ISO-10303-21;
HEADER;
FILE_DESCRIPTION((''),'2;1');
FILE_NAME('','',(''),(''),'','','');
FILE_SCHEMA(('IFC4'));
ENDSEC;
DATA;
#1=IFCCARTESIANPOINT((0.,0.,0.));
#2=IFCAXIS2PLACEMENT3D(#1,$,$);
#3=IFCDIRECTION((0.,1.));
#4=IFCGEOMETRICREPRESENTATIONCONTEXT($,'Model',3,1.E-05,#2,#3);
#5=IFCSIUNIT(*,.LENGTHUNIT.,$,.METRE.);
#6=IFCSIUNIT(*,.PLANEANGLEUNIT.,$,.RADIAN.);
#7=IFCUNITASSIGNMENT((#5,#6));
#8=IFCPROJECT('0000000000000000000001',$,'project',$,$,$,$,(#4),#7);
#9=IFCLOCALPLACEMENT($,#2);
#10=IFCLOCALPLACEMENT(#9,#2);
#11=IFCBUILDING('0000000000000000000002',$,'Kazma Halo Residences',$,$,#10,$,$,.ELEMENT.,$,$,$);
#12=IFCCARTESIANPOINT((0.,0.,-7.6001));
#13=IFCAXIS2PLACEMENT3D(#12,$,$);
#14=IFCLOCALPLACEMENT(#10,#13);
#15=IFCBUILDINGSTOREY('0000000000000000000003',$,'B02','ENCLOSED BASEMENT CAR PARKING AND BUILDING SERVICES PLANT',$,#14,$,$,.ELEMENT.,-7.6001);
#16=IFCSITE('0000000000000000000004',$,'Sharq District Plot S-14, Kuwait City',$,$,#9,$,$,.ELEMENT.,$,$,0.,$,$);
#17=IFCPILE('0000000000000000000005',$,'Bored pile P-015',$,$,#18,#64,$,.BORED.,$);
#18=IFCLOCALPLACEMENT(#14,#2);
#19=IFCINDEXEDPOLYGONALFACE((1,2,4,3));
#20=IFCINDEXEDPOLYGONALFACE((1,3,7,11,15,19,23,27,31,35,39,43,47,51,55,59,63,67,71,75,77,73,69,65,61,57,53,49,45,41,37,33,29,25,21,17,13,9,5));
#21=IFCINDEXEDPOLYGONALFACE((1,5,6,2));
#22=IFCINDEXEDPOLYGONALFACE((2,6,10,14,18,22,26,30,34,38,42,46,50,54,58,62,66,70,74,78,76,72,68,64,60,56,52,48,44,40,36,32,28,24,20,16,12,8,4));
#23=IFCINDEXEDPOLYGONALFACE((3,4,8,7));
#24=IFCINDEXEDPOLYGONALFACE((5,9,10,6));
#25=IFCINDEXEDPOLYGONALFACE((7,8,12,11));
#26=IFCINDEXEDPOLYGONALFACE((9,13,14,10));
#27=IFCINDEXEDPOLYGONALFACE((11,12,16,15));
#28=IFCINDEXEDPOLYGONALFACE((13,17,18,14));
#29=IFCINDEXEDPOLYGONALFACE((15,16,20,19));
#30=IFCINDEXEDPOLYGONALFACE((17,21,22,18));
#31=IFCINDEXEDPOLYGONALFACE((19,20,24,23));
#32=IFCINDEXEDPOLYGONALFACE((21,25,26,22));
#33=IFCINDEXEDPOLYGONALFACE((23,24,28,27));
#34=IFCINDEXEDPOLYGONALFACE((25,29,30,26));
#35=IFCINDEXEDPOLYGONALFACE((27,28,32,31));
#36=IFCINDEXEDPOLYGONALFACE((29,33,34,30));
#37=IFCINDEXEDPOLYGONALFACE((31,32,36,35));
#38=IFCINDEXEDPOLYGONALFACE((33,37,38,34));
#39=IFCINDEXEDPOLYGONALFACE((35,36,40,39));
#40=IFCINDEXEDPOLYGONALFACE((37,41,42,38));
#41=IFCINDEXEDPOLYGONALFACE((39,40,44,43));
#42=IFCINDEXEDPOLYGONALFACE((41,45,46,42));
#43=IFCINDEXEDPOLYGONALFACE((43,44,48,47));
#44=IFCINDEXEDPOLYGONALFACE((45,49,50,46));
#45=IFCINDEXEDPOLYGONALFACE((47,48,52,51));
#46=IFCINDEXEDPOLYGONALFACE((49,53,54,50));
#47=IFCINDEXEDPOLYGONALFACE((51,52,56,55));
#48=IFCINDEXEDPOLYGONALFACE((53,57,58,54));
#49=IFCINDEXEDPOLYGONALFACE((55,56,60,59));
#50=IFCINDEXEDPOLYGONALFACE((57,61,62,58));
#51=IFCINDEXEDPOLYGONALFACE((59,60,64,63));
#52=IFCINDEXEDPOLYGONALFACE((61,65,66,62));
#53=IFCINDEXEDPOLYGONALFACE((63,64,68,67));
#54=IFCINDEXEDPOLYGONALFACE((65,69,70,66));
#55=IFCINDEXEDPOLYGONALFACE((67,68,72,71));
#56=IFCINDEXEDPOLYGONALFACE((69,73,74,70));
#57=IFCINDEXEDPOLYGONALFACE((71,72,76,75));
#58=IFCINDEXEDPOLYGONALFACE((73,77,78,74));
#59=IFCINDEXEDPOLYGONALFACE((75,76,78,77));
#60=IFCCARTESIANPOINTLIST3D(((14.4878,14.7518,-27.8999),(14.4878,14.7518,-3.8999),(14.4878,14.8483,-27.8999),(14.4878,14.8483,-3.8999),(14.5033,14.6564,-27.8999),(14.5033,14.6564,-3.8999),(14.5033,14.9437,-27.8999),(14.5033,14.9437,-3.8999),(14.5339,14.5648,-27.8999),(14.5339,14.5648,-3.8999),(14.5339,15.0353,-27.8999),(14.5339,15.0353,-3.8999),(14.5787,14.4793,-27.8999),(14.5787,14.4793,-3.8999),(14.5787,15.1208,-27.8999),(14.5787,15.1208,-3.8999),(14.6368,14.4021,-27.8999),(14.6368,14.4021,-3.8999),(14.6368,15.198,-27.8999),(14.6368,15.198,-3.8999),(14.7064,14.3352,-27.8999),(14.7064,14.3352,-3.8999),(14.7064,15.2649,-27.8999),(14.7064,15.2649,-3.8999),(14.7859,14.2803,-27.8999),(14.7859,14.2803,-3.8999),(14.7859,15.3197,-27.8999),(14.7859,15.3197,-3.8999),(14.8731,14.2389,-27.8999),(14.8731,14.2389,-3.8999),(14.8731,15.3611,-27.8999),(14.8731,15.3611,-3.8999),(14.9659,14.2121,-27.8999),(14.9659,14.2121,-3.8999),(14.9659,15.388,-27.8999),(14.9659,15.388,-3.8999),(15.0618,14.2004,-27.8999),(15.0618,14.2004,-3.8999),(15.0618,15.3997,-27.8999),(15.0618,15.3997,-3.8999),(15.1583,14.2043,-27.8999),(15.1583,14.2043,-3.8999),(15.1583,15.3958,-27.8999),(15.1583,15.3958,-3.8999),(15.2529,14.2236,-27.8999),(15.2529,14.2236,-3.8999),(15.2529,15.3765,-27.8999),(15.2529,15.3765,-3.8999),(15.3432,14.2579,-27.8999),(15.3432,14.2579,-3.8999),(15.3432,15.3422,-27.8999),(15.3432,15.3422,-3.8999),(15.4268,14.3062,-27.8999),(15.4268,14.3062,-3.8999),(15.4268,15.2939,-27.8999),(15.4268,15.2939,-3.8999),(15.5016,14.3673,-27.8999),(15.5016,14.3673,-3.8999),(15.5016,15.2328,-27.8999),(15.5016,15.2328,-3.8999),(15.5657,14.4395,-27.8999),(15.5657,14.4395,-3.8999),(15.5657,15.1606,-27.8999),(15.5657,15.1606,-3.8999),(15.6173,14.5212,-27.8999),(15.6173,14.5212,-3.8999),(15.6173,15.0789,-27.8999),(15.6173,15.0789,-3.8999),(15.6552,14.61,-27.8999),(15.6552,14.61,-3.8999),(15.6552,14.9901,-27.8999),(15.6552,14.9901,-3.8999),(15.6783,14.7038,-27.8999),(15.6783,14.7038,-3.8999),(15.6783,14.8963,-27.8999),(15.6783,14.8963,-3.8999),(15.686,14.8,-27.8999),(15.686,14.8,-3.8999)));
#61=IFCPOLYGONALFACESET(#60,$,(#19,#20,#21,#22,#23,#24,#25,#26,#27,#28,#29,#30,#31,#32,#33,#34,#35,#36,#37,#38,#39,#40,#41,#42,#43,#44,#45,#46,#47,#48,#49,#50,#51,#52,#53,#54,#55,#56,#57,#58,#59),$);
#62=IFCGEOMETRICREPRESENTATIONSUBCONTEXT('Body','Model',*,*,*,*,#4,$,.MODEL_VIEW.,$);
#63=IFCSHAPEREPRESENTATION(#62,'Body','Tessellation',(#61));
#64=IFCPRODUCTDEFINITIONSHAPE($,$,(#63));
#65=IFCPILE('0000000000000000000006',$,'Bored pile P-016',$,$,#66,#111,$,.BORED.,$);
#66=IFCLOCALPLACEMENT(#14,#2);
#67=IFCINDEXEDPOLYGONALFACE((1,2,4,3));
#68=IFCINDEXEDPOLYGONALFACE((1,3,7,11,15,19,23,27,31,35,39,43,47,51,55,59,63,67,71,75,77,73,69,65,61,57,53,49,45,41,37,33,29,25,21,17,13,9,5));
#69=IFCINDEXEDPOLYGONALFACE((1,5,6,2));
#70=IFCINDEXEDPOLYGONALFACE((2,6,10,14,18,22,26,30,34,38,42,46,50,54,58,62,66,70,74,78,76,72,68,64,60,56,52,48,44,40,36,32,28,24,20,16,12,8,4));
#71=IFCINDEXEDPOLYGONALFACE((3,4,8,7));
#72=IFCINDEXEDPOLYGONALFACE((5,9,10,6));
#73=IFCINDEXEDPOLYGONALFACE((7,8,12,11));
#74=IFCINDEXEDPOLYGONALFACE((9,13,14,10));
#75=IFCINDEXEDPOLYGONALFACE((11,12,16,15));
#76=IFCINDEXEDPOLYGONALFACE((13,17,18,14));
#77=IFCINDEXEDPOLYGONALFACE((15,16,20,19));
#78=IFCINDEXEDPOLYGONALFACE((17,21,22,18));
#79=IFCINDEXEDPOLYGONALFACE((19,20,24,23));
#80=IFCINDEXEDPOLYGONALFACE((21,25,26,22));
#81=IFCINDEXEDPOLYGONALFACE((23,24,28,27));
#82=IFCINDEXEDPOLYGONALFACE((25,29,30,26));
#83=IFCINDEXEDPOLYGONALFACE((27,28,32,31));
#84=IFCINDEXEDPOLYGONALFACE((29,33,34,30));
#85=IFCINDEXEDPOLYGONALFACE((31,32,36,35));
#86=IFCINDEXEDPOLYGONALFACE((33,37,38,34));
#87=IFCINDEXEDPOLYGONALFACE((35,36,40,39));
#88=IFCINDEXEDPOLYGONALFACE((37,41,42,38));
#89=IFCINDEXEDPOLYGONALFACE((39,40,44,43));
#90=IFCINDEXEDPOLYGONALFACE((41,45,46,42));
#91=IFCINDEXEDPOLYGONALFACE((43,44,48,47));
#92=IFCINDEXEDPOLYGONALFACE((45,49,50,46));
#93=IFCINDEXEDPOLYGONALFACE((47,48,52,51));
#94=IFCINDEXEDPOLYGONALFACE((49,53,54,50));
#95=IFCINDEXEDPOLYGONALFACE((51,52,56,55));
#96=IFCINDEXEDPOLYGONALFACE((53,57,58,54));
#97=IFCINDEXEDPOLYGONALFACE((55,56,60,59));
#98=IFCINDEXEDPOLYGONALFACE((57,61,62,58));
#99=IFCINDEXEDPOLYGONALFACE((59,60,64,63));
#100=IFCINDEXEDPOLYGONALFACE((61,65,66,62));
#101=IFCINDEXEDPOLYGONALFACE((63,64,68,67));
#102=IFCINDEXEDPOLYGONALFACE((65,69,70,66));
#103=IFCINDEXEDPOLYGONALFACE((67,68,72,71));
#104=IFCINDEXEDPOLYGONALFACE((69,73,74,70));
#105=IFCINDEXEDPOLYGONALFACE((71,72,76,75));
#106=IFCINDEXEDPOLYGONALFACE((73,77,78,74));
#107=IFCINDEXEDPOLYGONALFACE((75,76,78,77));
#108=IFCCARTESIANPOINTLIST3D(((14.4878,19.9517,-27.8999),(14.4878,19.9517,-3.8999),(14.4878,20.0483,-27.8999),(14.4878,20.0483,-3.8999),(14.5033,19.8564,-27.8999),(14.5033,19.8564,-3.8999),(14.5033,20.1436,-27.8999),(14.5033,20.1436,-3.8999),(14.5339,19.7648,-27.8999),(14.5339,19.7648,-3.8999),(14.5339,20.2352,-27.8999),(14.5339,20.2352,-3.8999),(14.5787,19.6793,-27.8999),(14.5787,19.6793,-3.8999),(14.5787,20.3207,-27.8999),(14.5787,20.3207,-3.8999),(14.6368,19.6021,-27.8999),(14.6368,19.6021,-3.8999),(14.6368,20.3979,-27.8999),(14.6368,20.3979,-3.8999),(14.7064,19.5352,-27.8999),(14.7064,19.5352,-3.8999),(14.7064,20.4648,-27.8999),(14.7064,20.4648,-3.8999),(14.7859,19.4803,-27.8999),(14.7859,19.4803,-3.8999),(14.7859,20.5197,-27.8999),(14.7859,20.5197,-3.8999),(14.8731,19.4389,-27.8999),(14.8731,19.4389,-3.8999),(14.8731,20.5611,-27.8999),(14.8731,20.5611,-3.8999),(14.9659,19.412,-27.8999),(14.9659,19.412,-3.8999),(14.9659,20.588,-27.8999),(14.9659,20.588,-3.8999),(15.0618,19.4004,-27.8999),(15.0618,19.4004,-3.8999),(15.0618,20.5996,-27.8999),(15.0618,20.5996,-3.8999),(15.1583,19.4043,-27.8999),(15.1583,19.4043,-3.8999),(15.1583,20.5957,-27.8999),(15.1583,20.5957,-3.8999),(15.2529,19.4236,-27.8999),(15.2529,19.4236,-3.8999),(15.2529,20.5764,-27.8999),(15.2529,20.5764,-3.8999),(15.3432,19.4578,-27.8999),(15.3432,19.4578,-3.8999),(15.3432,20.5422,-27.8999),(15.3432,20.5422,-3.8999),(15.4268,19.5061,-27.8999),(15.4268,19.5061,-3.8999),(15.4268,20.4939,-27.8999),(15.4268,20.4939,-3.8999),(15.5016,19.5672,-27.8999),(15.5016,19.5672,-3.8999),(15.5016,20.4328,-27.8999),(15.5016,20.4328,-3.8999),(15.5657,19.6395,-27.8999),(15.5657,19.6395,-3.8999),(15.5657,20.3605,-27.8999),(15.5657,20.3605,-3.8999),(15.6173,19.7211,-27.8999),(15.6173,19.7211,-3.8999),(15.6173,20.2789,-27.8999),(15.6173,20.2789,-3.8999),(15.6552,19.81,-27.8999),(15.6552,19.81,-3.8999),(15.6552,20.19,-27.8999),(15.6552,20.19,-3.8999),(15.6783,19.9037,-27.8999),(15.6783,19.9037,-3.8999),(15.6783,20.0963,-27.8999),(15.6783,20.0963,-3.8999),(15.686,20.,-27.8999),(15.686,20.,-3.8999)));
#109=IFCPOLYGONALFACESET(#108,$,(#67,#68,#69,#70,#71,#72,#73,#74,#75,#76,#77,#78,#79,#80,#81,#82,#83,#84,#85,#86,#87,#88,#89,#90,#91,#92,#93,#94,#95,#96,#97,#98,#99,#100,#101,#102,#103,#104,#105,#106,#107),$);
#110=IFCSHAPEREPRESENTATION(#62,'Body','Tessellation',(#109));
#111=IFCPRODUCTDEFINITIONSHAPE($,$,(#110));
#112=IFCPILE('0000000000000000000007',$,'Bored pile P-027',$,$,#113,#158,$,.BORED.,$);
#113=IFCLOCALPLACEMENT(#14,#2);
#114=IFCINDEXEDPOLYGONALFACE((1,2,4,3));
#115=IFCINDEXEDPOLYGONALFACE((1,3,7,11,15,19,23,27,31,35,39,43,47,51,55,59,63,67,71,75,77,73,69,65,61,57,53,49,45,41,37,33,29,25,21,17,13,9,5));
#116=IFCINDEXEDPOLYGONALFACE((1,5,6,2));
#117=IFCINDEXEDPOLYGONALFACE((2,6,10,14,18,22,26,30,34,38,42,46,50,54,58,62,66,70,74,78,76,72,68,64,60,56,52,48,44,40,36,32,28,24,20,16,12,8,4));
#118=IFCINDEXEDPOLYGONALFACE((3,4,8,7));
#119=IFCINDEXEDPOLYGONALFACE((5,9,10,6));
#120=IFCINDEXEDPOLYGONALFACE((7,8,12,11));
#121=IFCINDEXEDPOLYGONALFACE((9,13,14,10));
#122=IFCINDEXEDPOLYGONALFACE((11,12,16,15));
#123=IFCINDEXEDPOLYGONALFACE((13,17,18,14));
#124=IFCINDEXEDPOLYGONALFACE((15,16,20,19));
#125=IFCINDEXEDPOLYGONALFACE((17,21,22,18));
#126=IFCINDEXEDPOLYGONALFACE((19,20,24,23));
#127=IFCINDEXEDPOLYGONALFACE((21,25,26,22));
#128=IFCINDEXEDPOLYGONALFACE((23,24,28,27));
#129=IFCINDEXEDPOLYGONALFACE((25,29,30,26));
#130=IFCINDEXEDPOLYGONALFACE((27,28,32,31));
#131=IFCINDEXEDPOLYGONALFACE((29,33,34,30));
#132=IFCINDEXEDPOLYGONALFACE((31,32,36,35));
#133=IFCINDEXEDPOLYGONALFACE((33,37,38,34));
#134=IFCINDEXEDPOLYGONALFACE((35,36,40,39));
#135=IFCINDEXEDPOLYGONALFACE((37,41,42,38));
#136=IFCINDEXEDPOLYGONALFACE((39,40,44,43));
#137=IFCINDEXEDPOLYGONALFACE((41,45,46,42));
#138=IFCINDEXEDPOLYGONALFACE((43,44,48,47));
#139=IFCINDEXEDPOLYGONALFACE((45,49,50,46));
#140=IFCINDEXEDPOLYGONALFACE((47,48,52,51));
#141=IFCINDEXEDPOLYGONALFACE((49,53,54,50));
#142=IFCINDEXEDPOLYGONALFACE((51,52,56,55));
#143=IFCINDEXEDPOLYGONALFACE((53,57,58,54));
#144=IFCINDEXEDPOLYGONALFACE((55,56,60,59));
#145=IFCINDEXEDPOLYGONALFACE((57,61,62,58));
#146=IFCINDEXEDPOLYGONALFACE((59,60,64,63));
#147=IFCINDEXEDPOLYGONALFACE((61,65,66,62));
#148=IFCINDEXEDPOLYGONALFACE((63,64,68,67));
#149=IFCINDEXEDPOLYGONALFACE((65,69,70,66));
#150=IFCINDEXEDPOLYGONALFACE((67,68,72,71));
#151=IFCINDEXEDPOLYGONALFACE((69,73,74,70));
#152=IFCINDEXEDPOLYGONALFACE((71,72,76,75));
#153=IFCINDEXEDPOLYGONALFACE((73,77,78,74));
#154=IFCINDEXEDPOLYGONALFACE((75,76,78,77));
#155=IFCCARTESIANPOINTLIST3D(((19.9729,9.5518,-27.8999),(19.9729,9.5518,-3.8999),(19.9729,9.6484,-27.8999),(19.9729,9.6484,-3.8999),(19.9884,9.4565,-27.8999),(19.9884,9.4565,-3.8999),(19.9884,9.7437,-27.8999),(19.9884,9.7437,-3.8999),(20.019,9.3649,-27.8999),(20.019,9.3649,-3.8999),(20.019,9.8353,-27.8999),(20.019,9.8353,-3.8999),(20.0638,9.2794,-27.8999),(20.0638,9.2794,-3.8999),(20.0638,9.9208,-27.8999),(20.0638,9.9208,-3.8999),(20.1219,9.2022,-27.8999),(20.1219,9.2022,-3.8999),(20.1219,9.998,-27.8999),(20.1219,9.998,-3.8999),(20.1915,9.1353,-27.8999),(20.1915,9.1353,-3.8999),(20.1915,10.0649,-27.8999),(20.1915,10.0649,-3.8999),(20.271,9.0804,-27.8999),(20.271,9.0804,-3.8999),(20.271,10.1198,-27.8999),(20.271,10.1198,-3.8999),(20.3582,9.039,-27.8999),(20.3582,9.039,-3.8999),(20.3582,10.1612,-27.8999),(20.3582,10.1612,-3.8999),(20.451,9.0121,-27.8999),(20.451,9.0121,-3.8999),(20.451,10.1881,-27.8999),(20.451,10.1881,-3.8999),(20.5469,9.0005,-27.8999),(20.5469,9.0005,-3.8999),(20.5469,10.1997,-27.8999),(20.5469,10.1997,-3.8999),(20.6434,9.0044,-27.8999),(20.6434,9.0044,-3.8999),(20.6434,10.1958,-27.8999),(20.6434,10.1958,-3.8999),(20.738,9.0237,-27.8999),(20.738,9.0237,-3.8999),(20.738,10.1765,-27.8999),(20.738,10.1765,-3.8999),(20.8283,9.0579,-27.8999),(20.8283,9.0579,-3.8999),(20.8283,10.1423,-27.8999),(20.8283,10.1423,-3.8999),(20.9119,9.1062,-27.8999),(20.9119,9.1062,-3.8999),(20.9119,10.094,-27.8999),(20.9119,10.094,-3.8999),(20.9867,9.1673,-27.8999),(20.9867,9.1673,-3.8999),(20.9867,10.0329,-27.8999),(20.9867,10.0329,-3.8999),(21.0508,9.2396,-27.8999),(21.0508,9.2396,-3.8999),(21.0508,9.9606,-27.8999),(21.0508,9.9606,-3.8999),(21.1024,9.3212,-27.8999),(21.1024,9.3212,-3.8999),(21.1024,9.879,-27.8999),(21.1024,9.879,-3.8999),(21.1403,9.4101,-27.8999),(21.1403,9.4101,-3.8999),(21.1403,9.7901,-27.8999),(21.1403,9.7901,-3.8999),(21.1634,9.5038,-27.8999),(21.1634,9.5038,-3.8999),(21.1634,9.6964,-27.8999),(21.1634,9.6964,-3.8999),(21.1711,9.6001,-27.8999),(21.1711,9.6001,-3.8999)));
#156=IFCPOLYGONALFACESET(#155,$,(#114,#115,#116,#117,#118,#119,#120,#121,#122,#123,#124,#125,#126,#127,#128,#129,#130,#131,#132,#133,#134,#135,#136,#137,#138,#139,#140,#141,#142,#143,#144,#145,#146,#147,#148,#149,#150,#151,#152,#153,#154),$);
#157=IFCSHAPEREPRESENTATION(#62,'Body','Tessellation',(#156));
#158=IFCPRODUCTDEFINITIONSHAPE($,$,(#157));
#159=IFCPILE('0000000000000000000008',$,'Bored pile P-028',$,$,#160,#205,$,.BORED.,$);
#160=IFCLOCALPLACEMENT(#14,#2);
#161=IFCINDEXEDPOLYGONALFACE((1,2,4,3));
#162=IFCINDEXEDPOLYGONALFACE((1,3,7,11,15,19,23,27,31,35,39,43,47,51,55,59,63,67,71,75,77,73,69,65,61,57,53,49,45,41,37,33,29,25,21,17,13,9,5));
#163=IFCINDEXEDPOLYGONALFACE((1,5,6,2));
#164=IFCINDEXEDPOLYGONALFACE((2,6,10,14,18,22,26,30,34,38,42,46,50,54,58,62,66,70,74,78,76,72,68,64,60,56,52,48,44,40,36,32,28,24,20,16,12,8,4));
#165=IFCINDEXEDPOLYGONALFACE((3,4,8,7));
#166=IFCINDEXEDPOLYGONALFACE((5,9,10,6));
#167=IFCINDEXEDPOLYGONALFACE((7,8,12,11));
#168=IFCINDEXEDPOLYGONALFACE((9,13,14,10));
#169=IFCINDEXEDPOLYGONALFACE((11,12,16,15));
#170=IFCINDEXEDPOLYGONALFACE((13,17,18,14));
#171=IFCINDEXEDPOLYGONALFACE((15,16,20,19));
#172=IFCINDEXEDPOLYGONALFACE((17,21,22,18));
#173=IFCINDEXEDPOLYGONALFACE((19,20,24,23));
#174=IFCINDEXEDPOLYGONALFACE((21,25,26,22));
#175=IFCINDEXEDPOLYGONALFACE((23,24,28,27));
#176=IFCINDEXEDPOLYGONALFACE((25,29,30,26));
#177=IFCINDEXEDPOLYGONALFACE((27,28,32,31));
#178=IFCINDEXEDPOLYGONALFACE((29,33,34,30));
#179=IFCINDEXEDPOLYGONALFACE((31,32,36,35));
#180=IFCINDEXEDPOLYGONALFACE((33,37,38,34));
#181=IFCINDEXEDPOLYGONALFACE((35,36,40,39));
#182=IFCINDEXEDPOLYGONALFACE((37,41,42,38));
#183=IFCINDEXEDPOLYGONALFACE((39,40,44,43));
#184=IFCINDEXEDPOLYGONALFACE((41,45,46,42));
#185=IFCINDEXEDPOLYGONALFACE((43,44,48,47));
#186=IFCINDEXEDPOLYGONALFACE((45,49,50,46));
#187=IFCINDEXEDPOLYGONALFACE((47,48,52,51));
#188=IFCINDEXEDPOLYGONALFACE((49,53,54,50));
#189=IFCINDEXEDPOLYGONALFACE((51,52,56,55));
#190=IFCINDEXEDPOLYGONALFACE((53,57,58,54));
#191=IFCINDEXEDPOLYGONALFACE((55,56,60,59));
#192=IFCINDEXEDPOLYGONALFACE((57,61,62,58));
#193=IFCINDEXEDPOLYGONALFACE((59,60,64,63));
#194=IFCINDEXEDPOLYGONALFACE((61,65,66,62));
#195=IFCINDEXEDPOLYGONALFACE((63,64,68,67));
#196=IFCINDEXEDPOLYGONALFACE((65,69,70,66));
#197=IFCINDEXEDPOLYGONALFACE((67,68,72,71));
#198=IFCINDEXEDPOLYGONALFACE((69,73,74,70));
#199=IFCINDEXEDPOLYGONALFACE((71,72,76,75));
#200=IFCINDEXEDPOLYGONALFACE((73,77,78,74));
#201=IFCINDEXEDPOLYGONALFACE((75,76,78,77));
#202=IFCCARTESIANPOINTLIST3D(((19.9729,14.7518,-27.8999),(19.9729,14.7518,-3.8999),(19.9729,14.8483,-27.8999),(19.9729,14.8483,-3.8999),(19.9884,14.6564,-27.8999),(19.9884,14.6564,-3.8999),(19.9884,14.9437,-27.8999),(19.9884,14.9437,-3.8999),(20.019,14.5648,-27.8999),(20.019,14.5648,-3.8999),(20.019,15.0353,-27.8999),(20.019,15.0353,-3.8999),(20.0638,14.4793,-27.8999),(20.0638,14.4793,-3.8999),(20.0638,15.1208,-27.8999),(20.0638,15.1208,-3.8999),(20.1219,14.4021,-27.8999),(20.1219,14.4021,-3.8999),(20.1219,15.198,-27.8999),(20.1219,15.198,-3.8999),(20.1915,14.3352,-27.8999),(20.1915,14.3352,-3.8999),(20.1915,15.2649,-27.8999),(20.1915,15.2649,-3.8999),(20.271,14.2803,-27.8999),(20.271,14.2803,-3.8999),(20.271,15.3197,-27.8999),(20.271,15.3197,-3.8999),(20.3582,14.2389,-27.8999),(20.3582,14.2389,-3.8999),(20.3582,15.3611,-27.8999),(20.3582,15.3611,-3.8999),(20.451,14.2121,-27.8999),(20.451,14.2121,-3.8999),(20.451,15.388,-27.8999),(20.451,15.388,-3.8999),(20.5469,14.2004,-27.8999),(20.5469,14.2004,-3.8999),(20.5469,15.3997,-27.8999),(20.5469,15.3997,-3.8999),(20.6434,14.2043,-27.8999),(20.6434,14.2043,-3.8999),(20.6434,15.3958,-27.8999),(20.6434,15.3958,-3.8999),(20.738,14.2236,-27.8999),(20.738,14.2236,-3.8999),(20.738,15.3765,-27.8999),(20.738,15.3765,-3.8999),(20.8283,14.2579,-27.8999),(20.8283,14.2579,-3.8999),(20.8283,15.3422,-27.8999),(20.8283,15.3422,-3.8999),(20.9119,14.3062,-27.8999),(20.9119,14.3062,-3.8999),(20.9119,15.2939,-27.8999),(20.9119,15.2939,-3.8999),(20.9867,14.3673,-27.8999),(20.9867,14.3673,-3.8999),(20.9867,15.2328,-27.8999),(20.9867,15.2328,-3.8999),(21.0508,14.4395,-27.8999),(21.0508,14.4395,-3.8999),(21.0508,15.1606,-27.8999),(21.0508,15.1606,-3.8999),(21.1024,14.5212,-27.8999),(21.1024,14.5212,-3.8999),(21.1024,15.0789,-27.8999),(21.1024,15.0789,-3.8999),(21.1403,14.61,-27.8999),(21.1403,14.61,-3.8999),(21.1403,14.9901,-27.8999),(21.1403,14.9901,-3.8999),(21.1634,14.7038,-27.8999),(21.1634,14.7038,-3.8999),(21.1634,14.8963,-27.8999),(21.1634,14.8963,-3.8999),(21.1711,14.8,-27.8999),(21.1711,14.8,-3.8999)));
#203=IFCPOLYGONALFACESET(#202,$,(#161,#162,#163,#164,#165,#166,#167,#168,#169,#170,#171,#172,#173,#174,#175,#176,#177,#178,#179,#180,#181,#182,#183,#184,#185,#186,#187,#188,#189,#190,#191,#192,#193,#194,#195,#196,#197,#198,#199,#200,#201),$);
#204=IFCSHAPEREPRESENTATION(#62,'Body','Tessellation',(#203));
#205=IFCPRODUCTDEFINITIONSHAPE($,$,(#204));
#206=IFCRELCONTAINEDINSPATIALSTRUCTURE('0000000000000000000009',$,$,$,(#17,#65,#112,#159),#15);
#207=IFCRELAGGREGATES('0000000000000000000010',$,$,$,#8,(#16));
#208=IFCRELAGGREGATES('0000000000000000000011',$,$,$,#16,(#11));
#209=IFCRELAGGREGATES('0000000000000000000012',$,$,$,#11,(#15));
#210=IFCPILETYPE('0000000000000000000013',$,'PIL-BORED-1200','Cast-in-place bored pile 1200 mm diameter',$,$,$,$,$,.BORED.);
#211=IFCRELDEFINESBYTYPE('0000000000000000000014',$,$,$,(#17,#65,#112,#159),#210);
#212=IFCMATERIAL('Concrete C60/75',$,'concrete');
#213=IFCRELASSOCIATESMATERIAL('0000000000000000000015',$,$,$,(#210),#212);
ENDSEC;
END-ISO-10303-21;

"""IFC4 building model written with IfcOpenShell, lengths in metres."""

from ifc_helpers import new_model, si_unit, direction, frame, origin, origin_2d, place, context, subcontext, project, spatial, circle, extrude, material, material_profile, profile_set, type_object, element, save


model = new_model("IFC4")

# Units and contexts
model_context = context("Model", 3, precision=1e-05, world=origin(), true_north=direction((0.0, 1.0)))
body_context = subcontext(model_context, "Body", "Model", "MODEL_VIEW")
ifc_project = project(units=[si_unit("LENGTHUNIT", "METRE"), si_unit("PLANEANGLEUNIT", "RADIAN")], contexts=[model_context])

# Site, building, storey
site_placement = place(None, origin())
site = spatial("IfcSite", under=ifc_project, at=site_placement, Name="Sharq District Plot S-14, Kuwait City", CompositionType="ELEMENT", RefElevation=0.0)
building_placement = place(site_placement, origin())
building = spatial("IfcBuilding", under=site, at=building_placement, Name="Kazma Halo Residences", CompositionType="ELEMENT")
storey_placement = place(building_placement, frame((0.0, 0.0, -7.6001)))
storey = spatial("IfcBuildingStorey", under=building, at=storey_placement, Name="B02", Description="ENCLOSED BASEMENT CAR PARKING AND BUILDING SERVICES PLANT", CompositionType="ELEMENT", Elevation=-7.6001)

# Piles
ifc_material_1 = material(Name="Concrete C60/75", Category="concrete")
ifc_material_profile_1 = material_profile(ifc_material_1, circle(Radius=0.6001, at=origin_2d()), Name="CIRC1200")
ifc_profile_set_1 = profile_set([ifc_material_profile_1], Name="Concrete C60/75")
pile_type = type_object("IfcPileType", Name="PIL-BORED-1200", Description="Cast-in-place bored pile 1200 mm diameter", PredefinedType="BORED", material=ifc_profile_set_1)
for number, where, z_axis, x_axis, name in (
    (1, (15.0859, 14.8, -3.8999), (0.0, 0.0, -1.0), (1.0, 0.0, 0.0), "Bored pile P-015"),
    (2, (15.0859, 20.0, -3.8999), (0.0, 0.0, -1.0), (1.0, 0.0, 0.0), "Bored pile P-016"),
    (3, (20.571, 9.6001, -3.8999), (0.0, 0.0, -1.0), (1.0, 0.0, 0.0), "Bored pile P-027"),
    (4, (20.571, 14.8, -3.8999), (0.0, 0.0, -1.0), (1.0, 0.0, 0.0), "Bored pile P-028"),
):
    element("IfcPile", number, at=place(storey_placement, frame(where, z_axis=z_axis, x_axis=x_axis)), inside=storey, type_object=pile_type, Name=name, PredefinedType="BORED", context=body_context, shape_type="SweptSolid", body=[
        extrude(circle(Radius=0.6001, at=origin_2d()), origin(), (0.0, 0.0, 1.0), 24.0),
    ])

save(model, "model.ifc")
